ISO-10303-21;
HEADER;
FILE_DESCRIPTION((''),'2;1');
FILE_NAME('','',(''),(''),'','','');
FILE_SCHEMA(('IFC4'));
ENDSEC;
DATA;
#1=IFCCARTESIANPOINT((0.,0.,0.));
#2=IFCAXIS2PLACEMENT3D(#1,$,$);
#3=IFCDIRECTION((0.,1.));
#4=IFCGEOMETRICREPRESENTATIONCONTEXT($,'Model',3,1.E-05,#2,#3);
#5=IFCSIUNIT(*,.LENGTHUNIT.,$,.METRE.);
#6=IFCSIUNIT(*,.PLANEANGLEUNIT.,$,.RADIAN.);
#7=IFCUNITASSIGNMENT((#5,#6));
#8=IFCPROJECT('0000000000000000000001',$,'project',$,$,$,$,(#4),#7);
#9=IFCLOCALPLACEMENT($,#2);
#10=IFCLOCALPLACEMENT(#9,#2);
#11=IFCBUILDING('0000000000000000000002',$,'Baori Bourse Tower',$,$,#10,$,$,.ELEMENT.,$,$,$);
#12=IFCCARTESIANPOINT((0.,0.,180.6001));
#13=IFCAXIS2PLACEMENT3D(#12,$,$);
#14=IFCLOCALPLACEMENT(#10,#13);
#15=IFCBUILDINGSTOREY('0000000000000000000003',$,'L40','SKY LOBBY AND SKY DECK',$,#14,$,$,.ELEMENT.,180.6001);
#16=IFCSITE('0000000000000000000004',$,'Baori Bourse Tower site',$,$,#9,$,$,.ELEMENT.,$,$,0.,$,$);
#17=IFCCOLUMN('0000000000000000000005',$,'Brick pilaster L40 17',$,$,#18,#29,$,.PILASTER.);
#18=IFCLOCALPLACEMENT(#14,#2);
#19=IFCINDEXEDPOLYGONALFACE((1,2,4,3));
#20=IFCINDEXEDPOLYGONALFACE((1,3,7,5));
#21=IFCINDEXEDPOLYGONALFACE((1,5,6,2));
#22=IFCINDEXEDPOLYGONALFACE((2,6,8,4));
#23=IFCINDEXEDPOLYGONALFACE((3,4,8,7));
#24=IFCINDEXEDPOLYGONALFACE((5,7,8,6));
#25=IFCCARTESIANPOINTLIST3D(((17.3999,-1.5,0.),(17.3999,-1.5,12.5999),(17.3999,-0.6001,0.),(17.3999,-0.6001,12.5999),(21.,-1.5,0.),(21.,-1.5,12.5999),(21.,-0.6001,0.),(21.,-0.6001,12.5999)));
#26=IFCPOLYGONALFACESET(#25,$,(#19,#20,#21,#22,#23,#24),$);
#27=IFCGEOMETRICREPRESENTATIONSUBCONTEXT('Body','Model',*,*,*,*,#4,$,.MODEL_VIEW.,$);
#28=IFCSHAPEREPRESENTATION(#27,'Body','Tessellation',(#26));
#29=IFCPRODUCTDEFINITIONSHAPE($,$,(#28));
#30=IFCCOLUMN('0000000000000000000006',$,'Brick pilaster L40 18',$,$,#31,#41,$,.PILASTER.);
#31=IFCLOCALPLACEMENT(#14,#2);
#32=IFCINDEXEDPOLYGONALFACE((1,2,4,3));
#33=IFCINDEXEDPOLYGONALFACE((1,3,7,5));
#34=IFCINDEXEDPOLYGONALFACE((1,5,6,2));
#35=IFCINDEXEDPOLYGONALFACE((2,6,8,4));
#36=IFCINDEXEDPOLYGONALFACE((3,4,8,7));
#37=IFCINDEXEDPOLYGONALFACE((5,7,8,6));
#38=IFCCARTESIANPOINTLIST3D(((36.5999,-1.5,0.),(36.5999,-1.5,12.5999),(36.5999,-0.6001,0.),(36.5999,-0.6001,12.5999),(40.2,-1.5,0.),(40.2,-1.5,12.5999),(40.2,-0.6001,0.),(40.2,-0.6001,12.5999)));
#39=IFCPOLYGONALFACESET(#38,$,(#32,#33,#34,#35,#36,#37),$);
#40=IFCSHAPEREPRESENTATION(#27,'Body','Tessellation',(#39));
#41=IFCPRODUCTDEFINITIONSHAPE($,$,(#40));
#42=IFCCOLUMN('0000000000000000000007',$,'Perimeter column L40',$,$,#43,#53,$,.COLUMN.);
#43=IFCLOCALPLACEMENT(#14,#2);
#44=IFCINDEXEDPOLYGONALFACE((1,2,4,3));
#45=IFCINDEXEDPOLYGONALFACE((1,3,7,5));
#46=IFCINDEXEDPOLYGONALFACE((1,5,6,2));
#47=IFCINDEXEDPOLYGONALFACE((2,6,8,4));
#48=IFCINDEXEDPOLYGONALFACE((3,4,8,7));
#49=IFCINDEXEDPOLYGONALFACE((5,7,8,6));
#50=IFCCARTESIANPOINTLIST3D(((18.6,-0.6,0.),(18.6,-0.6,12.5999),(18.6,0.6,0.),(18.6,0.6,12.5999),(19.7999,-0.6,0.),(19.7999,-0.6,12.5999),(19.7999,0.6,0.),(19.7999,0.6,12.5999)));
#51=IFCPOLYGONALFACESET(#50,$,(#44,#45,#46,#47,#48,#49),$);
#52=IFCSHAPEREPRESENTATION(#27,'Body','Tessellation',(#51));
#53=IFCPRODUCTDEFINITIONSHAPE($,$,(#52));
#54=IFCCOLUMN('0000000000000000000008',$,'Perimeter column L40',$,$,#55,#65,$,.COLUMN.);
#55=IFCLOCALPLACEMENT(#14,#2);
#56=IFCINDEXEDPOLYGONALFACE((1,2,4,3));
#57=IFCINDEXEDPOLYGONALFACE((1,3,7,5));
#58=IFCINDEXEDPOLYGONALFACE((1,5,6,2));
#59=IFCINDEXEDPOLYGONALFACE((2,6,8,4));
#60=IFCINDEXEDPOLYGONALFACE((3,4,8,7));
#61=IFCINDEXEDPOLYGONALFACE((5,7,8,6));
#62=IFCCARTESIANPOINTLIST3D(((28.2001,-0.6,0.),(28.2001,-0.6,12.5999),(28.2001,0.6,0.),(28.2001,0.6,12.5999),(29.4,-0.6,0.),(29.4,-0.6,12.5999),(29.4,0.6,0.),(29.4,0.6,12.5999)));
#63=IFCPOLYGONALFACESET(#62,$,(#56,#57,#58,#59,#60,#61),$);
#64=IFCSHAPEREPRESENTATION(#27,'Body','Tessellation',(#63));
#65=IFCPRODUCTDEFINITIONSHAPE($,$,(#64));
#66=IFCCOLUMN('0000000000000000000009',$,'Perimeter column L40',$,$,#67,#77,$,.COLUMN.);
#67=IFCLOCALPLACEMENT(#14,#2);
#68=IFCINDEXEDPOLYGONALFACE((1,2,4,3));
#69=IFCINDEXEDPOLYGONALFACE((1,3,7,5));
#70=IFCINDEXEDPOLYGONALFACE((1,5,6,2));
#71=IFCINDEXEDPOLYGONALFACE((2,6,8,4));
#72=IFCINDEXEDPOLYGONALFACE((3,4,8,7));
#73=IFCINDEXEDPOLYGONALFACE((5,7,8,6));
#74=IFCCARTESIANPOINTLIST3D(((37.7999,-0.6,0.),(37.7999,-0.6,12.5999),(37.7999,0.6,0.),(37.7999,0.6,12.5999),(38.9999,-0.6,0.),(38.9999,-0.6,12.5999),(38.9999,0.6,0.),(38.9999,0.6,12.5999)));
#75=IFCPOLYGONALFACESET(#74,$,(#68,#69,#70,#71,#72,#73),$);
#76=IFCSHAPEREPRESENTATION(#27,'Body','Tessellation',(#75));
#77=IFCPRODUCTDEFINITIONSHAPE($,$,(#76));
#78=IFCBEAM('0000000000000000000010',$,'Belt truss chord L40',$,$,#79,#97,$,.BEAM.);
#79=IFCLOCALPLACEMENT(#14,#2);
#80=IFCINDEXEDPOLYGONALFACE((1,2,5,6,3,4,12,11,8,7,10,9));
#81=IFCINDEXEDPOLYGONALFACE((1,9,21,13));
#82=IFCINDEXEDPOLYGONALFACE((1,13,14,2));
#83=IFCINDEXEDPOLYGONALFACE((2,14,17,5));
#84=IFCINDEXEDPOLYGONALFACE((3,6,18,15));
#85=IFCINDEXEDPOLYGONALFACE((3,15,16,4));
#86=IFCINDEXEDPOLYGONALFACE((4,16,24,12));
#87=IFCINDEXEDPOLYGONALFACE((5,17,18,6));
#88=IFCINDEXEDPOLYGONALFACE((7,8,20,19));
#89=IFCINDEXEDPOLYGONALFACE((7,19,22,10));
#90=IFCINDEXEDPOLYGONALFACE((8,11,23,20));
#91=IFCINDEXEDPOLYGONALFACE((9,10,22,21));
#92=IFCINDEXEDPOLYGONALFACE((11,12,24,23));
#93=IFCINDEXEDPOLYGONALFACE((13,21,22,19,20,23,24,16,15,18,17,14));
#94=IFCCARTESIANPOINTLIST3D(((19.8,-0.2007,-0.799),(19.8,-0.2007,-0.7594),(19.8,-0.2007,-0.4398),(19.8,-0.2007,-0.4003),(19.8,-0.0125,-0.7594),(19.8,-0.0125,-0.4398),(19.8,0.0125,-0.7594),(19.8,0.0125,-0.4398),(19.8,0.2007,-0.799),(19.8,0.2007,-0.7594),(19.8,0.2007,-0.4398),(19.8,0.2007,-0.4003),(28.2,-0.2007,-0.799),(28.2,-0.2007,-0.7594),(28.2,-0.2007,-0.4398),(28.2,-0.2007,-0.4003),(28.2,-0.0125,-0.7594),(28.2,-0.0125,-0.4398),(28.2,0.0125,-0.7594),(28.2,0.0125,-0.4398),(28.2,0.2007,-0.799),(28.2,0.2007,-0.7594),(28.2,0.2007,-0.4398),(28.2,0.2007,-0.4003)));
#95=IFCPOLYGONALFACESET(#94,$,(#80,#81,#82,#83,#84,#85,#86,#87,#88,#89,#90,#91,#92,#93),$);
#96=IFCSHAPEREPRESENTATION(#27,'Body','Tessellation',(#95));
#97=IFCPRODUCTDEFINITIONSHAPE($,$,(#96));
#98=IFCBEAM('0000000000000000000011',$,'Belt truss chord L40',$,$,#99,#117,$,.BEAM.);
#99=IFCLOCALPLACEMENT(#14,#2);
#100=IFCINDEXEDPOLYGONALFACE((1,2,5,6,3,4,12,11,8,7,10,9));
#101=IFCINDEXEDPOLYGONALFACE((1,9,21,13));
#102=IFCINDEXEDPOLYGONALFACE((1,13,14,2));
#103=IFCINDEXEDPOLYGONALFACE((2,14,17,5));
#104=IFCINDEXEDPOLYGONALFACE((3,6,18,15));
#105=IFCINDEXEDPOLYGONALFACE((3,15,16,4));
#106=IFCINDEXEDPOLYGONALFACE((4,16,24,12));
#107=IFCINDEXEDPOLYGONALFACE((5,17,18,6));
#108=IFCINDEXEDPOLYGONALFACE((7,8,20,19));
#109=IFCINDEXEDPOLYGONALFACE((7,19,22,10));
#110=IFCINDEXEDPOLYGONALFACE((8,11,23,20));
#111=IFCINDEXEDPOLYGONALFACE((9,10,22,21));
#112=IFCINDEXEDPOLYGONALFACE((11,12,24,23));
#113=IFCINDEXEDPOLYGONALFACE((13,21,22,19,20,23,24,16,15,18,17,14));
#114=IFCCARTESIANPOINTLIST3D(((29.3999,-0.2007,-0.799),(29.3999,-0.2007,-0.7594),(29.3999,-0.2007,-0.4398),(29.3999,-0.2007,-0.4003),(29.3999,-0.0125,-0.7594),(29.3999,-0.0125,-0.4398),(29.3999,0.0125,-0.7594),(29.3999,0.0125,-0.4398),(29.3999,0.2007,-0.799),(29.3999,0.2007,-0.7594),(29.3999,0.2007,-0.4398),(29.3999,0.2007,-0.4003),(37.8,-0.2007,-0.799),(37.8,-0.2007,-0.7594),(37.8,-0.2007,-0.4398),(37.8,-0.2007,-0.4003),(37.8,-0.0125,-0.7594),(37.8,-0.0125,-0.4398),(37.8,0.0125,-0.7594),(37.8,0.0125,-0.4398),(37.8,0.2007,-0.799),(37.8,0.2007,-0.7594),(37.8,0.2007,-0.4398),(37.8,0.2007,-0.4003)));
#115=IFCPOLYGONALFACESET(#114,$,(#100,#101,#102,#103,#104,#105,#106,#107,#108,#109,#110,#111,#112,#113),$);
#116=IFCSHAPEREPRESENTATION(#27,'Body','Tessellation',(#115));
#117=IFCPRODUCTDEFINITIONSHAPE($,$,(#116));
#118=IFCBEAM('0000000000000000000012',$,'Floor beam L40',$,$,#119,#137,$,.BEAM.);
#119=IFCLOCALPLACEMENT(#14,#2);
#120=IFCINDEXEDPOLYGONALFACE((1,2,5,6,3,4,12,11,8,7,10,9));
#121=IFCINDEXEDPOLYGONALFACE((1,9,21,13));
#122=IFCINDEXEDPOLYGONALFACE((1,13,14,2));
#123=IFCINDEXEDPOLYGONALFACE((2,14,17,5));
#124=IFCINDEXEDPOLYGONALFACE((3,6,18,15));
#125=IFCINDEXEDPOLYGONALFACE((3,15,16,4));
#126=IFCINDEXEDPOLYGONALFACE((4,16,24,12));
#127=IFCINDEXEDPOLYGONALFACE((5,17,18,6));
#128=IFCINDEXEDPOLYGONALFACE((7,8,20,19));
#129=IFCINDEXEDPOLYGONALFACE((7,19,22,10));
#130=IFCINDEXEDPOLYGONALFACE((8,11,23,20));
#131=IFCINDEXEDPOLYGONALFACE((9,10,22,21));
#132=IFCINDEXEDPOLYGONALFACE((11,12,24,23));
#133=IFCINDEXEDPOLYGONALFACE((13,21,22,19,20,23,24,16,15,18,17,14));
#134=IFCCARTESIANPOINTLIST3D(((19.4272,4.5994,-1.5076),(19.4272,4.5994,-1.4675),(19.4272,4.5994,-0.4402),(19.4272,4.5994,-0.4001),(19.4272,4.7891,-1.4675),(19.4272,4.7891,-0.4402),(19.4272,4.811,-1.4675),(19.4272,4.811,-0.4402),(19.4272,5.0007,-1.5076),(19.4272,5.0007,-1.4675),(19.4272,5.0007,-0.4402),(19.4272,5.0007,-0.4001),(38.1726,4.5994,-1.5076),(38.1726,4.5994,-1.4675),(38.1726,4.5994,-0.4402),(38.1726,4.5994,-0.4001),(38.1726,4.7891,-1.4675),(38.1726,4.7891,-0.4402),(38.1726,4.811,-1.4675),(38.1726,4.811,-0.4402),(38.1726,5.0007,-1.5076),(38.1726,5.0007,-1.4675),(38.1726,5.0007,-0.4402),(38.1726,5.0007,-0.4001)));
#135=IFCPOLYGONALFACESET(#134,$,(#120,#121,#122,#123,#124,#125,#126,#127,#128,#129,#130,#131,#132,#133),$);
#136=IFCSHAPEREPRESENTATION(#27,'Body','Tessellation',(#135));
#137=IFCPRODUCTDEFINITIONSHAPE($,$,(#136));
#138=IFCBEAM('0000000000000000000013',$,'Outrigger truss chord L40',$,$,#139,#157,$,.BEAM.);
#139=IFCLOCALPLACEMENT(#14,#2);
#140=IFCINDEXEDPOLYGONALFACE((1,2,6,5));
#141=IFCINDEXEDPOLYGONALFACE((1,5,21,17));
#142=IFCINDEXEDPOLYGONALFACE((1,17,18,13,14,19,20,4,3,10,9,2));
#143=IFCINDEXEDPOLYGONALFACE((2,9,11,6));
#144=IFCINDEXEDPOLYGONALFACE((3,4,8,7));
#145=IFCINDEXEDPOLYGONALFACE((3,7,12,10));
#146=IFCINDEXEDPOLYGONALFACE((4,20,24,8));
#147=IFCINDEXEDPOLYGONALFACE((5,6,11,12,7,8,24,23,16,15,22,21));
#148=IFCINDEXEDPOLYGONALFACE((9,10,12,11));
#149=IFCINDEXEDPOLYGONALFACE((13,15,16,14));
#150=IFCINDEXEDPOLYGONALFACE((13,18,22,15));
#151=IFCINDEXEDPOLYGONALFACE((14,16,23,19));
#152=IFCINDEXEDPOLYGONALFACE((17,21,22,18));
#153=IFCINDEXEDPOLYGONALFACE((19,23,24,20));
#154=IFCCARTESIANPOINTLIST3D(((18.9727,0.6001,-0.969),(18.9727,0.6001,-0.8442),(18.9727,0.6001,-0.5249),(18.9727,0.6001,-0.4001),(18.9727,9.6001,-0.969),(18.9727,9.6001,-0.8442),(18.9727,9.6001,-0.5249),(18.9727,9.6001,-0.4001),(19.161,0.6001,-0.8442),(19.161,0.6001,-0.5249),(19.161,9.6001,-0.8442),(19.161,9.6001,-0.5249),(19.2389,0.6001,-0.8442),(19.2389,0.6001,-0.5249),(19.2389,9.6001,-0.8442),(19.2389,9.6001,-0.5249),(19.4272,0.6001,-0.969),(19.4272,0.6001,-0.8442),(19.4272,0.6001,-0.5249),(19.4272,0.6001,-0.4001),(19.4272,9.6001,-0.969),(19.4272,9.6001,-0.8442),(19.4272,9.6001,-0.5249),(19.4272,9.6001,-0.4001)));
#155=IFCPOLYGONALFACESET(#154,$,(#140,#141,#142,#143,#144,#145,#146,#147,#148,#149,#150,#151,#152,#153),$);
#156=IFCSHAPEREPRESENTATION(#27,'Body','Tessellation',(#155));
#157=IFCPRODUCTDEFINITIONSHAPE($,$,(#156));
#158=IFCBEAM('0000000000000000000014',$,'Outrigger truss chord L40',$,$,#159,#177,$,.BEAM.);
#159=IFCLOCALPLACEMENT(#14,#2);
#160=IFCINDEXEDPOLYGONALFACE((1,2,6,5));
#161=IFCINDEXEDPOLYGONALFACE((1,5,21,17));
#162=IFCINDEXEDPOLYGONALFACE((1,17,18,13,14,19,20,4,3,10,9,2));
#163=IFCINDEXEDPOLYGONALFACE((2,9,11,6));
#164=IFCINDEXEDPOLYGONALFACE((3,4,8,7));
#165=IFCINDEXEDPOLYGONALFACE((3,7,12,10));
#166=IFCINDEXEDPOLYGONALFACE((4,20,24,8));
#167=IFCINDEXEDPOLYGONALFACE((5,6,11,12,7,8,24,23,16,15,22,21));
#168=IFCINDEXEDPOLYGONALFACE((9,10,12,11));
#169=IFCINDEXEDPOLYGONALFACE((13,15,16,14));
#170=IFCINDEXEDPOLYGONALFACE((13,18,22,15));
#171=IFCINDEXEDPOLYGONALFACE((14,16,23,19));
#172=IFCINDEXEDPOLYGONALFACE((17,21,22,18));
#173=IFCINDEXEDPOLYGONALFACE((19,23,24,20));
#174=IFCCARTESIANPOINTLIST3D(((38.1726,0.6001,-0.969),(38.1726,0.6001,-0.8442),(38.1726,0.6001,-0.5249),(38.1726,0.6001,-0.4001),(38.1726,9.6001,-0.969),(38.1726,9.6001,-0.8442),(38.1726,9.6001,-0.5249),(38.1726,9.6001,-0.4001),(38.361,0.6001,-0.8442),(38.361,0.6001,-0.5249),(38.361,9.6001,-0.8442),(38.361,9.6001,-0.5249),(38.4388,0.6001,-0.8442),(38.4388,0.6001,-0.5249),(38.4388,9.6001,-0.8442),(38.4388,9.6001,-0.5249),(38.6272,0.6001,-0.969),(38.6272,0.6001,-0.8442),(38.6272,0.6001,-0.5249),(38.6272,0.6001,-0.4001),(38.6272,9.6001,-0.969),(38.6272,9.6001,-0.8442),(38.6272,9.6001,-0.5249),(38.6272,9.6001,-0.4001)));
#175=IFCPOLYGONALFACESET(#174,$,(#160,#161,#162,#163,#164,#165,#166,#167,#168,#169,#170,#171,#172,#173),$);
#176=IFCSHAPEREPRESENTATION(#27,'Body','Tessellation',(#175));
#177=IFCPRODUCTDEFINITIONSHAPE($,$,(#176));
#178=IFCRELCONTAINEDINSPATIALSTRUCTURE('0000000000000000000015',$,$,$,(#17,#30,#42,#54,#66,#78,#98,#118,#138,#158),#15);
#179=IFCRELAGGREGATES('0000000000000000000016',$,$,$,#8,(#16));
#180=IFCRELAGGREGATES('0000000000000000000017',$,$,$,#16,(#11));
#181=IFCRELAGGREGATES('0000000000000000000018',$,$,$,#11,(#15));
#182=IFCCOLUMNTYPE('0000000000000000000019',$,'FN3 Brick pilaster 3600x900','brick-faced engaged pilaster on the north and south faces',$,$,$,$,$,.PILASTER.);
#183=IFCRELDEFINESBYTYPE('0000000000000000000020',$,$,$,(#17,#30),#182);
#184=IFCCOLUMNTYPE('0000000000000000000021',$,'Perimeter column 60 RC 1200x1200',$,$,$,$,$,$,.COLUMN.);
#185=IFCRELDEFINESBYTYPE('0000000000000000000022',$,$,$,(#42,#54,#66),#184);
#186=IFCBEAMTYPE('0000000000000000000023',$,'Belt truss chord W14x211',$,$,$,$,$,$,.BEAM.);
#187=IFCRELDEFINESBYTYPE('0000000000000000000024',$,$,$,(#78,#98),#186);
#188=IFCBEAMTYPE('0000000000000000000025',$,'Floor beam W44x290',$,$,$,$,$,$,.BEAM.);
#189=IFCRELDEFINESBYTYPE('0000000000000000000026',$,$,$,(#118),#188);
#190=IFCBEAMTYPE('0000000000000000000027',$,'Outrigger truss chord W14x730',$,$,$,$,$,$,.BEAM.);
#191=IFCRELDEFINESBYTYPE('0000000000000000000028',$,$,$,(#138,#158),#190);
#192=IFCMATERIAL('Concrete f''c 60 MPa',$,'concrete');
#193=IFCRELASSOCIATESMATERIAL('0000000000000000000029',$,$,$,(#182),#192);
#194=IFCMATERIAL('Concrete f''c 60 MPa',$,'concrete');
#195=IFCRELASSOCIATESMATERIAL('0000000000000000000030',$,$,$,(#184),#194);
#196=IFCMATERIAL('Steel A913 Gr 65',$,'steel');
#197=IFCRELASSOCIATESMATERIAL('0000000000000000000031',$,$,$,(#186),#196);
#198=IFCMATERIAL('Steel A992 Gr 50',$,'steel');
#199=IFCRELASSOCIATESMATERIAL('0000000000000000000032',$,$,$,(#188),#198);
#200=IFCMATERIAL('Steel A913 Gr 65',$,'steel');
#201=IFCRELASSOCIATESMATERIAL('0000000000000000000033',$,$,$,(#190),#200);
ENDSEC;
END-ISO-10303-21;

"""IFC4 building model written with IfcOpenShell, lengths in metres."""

from ifc_helpers import new_model, si_unit, direction, frame, origin, origin_2d, place, context, subcontext, project, spatial, rectangle, i_section, extrude, material, material_profile, profile_set, type_object, element, save


model = new_model("IFC4")

# Units and contexts
model_context = context("Model", 3, precision=1e-05, world=origin(), true_north=direction((0.0, 1.0)))
body_context = subcontext(model_context, "Body", "Model", "MODEL_VIEW")
ifc_project = project(units=[si_unit("LENGTHUNIT", "METRE"), si_unit("PLANEANGLEUNIT", "RADIAN")], contexts=[model_context])

# Site, building, storey
site_placement = place(None, origin())
site = spatial("IfcSite", under=ifc_project, at=site_placement, Name="Baori Bourse Tower site", CompositionType="ELEMENT", RefElevation=0.0)
building_placement = place(site_placement, origin())
building = spatial("IfcBuilding", under=site, at=building_placement, Name="Baori Bourse Tower", CompositionType="ELEMENT")
storey_placement = place(building_placement, frame((0.0, 0.0, 180.6001)))
storey = spatial("IfcBuildingStorey", under=building, at=storey_placement, Name="L40", Description="SKY LOBBY AND SKY DECK", CompositionType="ELEMENT", Elevation=180.6001)

# Columns
ifc_material_1 = material(Name="Concrete f'c 60 MPa", Category="concrete")
ifc_material_profile_1 = material_profile(ifc_material_1, rectangle(XDim=3.6001, YDim=0.8999, at=origin_2d()), Name="RC 3600x900")
ifc_profile_set_1 = profile_set([ifc_material_profile_1], Name="Concrete f'c 60 MPa")
column_type_1 = type_object("IfcColumnType", Name="FN3 Brick pilaster 3600x900", Description="brick-faced engaged pilaster on the north and south faces", PredefinedType="PILASTER", material=ifc_profile_set_1)
for number, where, z_axis, x_axis, name in (
    (1, (19.2, -1.05, 0.0), (0.0, 0.0, 1.0), (1.0, 0.0, 0.0), "Brick pilaster L40 17"),
    (2, (38.3999, -1.05, 0.0), (0.0, 0.0, 1.0), (1.0, 0.0, 0.0), "Brick pilaster L40 18"),
):
    element("IfcColumn", number, at=place(storey_placement, frame(where, z_axis=z_axis, x_axis=x_axis)), inside=storey, type_object=column_type_1, Name=name, PredefinedType="PILASTER", context=body_context, shape_type="SweptSolid", body=[
        extrude(rectangle(XDim=3.6001, YDim=0.8999, at=origin_2d()), origin(), (0.0, 0.0, 1.0), 12.5999),
    ])
ifc_material_2 = material(Name="Concrete f'c 60 MPa", Category="concrete")
ifc_material_profile_2 = material_profile(ifc_material_2, rectangle(XDim=1.2, YDim=1.2, at=origin_2d()), Name="RC 1200x1200")
ifc_profile_set_2 = profile_set([ifc_material_profile_2], Name="Concrete f'c 60 MPa")
column_type_2 = type_object("IfcColumnType", Name="Perimeter column 60 RC 1200x1200", PredefinedType="COLUMN", material=ifc_profile_set_2)
for number, where, z_axis, x_axis, name in (
    (3, (19.2, 0.0, 0.0), (0.0, 0.0, 1.0), (1.0, 0.0, 0.0), "Perimeter column L40"),
    (4, (28.8, 0.0, 0.0), (0.0, 0.0, 1.0), (1.0, 0.0, 0.0), "Perimeter column L40"),
    (5, (38.3999, 0.0, 0.0), (0.0, 0.0, 1.0), (1.0, 0.0, 0.0), "Perimeter column L40"),
):
    element("IfcColumn", number, at=place(storey_placement, frame(where, z_axis=z_axis, x_axis=x_axis)), inside=storey, type_object=column_type_2, Name=name, PredefinedType="COLUMN", context=body_context, shape_type="SweptSolid", body=[
        extrude(rectangle(XDim=1.2, YDim=1.2, at=origin_2d()), origin(), (0.0, 0.0, 1.0), 12.5999),
    ])

# Beams
ifc_material_3 = material(Name="Steel A913 Gr 65", Category="steel")
ifc_material_profile_3 = material_profile(ifc_material_3, i_section(OverallWidth=0.4014, OverallDepth=0.3987, WebThickness=0.0249, FlangeThickness=0.0396, at=origin_2d()), Name="W14x211")
ifc_profile_set_3 = profile_set([ifc_material_profile_3], Name="Steel A913 Gr 65")
beam_type_1 = type_object("IfcBeamType", Name="Belt truss chord W14x211", PredefinedType="BEAM", material=ifc_profile_set_3)
beam_1_placement = place(storey_placement, frame((19.8, 0.0, -0.5996), z_axis=(1.0, 0.0, 0.0), x_axis=(0.0, 1.0, 0.0)))
element("IfcBeam", 6, at=beam_1_placement, inside=storey, type_object=beam_type_1, Name="Belt truss chord L40", PredefinedType="BEAM", context=body_context, shape_type="SweptSolid", body=[
    extrude(i_section(OverallWidth=0.4014, OverallDepth=0.3987, WebThickness=0.0249, FlangeThickness=0.0396, at=origin_2d()), origin(), (0.0, 0.0, 1.0), 8.3999),
])
beam_2_placement = place(storey_placement, frame((29.3999, 0.0, -0.5996), z_axis=(1.0, 0.0, 0.0), x_axis=(0.0, 1.0, 0.0)))
element("IfcBeam", 7, at=beam_2_placement, inside=storey, type_object=beam_type_1, Name="Belt truss chord L40", PredefinedType="BEAM", context=body_context, shape_type="SweptSolid", body=[
    extrude(i_section(OverallWidth=0.4014, OverallDepth=0.3987, WebThickness=0.0249, FlangeThickness=0.0396, at=origin_2d()), origin(), (0.0, 0.0, 1.0), 8.4001),
])
ifc_material_4 = material(Name="Steel A992 Gr 50", Category="steel")
ifc_material_profile_4 = material_profile(ifc_material_4, i_section(OverallWidth=0.4014, OverallDepth=1.1074, WebThickness=0.022, FlangeThickness=0.04, at=origin_2d()), Name="W44x290")
ifc_profile_set_4 = profile_set([ifc_material_profile_4], Name="Steel A992 Gr 50")
beam_type_2 = type_object("IfcBeamType", Name="Floor beam W44x290", PredefinedType="BEAM", material=ifc_profile_set_4)
beam_3_placement = place(storey_placement, frame((19.4272, 4.8, -0.9539), z_axis=(1.0, 0.0, 0.0), x_axis=(0.0, 1.0, 0.0)))
element("IfcBeam", 8, at=beam_3_placement, inside=storey, type_object=beam_type_2, Name="Floor beam L40", PredefinedType="BEAM", context=body_context, shape_type="SweptSolid", body=[
    extrude(i_section(OverallWidth=0.4014, OverallDepth=1.1074, WebThickness=0.022, FlangeThickness=0.04, at=origin_2d()), origin(), (0.0, 0.0, 1.0), 18.7454),
])
ifc_material_5 = material(Name="Steel A913 Gr 65", Category="steel")
ifc_material_profile_5 = material_profile(ifc_material_5, i_section(OverallWidth=0.4546, OverallDepth=0.5688, WebThickness=0.0779, FlangeThickness=0.1248, at=origin_2d()), Name="W14x730")
ifc_profile_set_5 = profile_set([ifc_material_profile_5], Name="Steel A913 Gr 65")
beam_type_3 = type_object("IfcBeamType", Name="Outrigger truss chord W14x730", PredefinedType="BEAM", material=ifc_profile_set_5)
for number, where, z_axis, x_axis, name in (
    (9, (19.2, 0.6001, -0.6846), (0.0, 1.0, 0.0), (-1.0, 0.0, 0.0), "Outrigger truss chord L40"),
    (10, (38.3999, 0.6001, -0.6846), (0.0, 1.0, 0.0), (-1.0, 0.0, 0.0), "Outrigger truss chord L40"),
):
    element("IfcBeam", number, at=place(storey_placement, frame(where, z_axis=z_axis, x_axis=x_axis)), inside=storey, type_object=beam_type_3, Name=name, PredefinedType="BEAM", context=body_context, shape_type="SweptSolid", body=[
        extrude(i_section(OverallWidth=0.4546, OverallDepth=0.5688, WebThickness=0.0779, FlangeThickness=0.1248, at=origin_2d()), origin(), (0.0, 0.0, 1.0), 9.0),
    ])

save(model, "model.ifc")
